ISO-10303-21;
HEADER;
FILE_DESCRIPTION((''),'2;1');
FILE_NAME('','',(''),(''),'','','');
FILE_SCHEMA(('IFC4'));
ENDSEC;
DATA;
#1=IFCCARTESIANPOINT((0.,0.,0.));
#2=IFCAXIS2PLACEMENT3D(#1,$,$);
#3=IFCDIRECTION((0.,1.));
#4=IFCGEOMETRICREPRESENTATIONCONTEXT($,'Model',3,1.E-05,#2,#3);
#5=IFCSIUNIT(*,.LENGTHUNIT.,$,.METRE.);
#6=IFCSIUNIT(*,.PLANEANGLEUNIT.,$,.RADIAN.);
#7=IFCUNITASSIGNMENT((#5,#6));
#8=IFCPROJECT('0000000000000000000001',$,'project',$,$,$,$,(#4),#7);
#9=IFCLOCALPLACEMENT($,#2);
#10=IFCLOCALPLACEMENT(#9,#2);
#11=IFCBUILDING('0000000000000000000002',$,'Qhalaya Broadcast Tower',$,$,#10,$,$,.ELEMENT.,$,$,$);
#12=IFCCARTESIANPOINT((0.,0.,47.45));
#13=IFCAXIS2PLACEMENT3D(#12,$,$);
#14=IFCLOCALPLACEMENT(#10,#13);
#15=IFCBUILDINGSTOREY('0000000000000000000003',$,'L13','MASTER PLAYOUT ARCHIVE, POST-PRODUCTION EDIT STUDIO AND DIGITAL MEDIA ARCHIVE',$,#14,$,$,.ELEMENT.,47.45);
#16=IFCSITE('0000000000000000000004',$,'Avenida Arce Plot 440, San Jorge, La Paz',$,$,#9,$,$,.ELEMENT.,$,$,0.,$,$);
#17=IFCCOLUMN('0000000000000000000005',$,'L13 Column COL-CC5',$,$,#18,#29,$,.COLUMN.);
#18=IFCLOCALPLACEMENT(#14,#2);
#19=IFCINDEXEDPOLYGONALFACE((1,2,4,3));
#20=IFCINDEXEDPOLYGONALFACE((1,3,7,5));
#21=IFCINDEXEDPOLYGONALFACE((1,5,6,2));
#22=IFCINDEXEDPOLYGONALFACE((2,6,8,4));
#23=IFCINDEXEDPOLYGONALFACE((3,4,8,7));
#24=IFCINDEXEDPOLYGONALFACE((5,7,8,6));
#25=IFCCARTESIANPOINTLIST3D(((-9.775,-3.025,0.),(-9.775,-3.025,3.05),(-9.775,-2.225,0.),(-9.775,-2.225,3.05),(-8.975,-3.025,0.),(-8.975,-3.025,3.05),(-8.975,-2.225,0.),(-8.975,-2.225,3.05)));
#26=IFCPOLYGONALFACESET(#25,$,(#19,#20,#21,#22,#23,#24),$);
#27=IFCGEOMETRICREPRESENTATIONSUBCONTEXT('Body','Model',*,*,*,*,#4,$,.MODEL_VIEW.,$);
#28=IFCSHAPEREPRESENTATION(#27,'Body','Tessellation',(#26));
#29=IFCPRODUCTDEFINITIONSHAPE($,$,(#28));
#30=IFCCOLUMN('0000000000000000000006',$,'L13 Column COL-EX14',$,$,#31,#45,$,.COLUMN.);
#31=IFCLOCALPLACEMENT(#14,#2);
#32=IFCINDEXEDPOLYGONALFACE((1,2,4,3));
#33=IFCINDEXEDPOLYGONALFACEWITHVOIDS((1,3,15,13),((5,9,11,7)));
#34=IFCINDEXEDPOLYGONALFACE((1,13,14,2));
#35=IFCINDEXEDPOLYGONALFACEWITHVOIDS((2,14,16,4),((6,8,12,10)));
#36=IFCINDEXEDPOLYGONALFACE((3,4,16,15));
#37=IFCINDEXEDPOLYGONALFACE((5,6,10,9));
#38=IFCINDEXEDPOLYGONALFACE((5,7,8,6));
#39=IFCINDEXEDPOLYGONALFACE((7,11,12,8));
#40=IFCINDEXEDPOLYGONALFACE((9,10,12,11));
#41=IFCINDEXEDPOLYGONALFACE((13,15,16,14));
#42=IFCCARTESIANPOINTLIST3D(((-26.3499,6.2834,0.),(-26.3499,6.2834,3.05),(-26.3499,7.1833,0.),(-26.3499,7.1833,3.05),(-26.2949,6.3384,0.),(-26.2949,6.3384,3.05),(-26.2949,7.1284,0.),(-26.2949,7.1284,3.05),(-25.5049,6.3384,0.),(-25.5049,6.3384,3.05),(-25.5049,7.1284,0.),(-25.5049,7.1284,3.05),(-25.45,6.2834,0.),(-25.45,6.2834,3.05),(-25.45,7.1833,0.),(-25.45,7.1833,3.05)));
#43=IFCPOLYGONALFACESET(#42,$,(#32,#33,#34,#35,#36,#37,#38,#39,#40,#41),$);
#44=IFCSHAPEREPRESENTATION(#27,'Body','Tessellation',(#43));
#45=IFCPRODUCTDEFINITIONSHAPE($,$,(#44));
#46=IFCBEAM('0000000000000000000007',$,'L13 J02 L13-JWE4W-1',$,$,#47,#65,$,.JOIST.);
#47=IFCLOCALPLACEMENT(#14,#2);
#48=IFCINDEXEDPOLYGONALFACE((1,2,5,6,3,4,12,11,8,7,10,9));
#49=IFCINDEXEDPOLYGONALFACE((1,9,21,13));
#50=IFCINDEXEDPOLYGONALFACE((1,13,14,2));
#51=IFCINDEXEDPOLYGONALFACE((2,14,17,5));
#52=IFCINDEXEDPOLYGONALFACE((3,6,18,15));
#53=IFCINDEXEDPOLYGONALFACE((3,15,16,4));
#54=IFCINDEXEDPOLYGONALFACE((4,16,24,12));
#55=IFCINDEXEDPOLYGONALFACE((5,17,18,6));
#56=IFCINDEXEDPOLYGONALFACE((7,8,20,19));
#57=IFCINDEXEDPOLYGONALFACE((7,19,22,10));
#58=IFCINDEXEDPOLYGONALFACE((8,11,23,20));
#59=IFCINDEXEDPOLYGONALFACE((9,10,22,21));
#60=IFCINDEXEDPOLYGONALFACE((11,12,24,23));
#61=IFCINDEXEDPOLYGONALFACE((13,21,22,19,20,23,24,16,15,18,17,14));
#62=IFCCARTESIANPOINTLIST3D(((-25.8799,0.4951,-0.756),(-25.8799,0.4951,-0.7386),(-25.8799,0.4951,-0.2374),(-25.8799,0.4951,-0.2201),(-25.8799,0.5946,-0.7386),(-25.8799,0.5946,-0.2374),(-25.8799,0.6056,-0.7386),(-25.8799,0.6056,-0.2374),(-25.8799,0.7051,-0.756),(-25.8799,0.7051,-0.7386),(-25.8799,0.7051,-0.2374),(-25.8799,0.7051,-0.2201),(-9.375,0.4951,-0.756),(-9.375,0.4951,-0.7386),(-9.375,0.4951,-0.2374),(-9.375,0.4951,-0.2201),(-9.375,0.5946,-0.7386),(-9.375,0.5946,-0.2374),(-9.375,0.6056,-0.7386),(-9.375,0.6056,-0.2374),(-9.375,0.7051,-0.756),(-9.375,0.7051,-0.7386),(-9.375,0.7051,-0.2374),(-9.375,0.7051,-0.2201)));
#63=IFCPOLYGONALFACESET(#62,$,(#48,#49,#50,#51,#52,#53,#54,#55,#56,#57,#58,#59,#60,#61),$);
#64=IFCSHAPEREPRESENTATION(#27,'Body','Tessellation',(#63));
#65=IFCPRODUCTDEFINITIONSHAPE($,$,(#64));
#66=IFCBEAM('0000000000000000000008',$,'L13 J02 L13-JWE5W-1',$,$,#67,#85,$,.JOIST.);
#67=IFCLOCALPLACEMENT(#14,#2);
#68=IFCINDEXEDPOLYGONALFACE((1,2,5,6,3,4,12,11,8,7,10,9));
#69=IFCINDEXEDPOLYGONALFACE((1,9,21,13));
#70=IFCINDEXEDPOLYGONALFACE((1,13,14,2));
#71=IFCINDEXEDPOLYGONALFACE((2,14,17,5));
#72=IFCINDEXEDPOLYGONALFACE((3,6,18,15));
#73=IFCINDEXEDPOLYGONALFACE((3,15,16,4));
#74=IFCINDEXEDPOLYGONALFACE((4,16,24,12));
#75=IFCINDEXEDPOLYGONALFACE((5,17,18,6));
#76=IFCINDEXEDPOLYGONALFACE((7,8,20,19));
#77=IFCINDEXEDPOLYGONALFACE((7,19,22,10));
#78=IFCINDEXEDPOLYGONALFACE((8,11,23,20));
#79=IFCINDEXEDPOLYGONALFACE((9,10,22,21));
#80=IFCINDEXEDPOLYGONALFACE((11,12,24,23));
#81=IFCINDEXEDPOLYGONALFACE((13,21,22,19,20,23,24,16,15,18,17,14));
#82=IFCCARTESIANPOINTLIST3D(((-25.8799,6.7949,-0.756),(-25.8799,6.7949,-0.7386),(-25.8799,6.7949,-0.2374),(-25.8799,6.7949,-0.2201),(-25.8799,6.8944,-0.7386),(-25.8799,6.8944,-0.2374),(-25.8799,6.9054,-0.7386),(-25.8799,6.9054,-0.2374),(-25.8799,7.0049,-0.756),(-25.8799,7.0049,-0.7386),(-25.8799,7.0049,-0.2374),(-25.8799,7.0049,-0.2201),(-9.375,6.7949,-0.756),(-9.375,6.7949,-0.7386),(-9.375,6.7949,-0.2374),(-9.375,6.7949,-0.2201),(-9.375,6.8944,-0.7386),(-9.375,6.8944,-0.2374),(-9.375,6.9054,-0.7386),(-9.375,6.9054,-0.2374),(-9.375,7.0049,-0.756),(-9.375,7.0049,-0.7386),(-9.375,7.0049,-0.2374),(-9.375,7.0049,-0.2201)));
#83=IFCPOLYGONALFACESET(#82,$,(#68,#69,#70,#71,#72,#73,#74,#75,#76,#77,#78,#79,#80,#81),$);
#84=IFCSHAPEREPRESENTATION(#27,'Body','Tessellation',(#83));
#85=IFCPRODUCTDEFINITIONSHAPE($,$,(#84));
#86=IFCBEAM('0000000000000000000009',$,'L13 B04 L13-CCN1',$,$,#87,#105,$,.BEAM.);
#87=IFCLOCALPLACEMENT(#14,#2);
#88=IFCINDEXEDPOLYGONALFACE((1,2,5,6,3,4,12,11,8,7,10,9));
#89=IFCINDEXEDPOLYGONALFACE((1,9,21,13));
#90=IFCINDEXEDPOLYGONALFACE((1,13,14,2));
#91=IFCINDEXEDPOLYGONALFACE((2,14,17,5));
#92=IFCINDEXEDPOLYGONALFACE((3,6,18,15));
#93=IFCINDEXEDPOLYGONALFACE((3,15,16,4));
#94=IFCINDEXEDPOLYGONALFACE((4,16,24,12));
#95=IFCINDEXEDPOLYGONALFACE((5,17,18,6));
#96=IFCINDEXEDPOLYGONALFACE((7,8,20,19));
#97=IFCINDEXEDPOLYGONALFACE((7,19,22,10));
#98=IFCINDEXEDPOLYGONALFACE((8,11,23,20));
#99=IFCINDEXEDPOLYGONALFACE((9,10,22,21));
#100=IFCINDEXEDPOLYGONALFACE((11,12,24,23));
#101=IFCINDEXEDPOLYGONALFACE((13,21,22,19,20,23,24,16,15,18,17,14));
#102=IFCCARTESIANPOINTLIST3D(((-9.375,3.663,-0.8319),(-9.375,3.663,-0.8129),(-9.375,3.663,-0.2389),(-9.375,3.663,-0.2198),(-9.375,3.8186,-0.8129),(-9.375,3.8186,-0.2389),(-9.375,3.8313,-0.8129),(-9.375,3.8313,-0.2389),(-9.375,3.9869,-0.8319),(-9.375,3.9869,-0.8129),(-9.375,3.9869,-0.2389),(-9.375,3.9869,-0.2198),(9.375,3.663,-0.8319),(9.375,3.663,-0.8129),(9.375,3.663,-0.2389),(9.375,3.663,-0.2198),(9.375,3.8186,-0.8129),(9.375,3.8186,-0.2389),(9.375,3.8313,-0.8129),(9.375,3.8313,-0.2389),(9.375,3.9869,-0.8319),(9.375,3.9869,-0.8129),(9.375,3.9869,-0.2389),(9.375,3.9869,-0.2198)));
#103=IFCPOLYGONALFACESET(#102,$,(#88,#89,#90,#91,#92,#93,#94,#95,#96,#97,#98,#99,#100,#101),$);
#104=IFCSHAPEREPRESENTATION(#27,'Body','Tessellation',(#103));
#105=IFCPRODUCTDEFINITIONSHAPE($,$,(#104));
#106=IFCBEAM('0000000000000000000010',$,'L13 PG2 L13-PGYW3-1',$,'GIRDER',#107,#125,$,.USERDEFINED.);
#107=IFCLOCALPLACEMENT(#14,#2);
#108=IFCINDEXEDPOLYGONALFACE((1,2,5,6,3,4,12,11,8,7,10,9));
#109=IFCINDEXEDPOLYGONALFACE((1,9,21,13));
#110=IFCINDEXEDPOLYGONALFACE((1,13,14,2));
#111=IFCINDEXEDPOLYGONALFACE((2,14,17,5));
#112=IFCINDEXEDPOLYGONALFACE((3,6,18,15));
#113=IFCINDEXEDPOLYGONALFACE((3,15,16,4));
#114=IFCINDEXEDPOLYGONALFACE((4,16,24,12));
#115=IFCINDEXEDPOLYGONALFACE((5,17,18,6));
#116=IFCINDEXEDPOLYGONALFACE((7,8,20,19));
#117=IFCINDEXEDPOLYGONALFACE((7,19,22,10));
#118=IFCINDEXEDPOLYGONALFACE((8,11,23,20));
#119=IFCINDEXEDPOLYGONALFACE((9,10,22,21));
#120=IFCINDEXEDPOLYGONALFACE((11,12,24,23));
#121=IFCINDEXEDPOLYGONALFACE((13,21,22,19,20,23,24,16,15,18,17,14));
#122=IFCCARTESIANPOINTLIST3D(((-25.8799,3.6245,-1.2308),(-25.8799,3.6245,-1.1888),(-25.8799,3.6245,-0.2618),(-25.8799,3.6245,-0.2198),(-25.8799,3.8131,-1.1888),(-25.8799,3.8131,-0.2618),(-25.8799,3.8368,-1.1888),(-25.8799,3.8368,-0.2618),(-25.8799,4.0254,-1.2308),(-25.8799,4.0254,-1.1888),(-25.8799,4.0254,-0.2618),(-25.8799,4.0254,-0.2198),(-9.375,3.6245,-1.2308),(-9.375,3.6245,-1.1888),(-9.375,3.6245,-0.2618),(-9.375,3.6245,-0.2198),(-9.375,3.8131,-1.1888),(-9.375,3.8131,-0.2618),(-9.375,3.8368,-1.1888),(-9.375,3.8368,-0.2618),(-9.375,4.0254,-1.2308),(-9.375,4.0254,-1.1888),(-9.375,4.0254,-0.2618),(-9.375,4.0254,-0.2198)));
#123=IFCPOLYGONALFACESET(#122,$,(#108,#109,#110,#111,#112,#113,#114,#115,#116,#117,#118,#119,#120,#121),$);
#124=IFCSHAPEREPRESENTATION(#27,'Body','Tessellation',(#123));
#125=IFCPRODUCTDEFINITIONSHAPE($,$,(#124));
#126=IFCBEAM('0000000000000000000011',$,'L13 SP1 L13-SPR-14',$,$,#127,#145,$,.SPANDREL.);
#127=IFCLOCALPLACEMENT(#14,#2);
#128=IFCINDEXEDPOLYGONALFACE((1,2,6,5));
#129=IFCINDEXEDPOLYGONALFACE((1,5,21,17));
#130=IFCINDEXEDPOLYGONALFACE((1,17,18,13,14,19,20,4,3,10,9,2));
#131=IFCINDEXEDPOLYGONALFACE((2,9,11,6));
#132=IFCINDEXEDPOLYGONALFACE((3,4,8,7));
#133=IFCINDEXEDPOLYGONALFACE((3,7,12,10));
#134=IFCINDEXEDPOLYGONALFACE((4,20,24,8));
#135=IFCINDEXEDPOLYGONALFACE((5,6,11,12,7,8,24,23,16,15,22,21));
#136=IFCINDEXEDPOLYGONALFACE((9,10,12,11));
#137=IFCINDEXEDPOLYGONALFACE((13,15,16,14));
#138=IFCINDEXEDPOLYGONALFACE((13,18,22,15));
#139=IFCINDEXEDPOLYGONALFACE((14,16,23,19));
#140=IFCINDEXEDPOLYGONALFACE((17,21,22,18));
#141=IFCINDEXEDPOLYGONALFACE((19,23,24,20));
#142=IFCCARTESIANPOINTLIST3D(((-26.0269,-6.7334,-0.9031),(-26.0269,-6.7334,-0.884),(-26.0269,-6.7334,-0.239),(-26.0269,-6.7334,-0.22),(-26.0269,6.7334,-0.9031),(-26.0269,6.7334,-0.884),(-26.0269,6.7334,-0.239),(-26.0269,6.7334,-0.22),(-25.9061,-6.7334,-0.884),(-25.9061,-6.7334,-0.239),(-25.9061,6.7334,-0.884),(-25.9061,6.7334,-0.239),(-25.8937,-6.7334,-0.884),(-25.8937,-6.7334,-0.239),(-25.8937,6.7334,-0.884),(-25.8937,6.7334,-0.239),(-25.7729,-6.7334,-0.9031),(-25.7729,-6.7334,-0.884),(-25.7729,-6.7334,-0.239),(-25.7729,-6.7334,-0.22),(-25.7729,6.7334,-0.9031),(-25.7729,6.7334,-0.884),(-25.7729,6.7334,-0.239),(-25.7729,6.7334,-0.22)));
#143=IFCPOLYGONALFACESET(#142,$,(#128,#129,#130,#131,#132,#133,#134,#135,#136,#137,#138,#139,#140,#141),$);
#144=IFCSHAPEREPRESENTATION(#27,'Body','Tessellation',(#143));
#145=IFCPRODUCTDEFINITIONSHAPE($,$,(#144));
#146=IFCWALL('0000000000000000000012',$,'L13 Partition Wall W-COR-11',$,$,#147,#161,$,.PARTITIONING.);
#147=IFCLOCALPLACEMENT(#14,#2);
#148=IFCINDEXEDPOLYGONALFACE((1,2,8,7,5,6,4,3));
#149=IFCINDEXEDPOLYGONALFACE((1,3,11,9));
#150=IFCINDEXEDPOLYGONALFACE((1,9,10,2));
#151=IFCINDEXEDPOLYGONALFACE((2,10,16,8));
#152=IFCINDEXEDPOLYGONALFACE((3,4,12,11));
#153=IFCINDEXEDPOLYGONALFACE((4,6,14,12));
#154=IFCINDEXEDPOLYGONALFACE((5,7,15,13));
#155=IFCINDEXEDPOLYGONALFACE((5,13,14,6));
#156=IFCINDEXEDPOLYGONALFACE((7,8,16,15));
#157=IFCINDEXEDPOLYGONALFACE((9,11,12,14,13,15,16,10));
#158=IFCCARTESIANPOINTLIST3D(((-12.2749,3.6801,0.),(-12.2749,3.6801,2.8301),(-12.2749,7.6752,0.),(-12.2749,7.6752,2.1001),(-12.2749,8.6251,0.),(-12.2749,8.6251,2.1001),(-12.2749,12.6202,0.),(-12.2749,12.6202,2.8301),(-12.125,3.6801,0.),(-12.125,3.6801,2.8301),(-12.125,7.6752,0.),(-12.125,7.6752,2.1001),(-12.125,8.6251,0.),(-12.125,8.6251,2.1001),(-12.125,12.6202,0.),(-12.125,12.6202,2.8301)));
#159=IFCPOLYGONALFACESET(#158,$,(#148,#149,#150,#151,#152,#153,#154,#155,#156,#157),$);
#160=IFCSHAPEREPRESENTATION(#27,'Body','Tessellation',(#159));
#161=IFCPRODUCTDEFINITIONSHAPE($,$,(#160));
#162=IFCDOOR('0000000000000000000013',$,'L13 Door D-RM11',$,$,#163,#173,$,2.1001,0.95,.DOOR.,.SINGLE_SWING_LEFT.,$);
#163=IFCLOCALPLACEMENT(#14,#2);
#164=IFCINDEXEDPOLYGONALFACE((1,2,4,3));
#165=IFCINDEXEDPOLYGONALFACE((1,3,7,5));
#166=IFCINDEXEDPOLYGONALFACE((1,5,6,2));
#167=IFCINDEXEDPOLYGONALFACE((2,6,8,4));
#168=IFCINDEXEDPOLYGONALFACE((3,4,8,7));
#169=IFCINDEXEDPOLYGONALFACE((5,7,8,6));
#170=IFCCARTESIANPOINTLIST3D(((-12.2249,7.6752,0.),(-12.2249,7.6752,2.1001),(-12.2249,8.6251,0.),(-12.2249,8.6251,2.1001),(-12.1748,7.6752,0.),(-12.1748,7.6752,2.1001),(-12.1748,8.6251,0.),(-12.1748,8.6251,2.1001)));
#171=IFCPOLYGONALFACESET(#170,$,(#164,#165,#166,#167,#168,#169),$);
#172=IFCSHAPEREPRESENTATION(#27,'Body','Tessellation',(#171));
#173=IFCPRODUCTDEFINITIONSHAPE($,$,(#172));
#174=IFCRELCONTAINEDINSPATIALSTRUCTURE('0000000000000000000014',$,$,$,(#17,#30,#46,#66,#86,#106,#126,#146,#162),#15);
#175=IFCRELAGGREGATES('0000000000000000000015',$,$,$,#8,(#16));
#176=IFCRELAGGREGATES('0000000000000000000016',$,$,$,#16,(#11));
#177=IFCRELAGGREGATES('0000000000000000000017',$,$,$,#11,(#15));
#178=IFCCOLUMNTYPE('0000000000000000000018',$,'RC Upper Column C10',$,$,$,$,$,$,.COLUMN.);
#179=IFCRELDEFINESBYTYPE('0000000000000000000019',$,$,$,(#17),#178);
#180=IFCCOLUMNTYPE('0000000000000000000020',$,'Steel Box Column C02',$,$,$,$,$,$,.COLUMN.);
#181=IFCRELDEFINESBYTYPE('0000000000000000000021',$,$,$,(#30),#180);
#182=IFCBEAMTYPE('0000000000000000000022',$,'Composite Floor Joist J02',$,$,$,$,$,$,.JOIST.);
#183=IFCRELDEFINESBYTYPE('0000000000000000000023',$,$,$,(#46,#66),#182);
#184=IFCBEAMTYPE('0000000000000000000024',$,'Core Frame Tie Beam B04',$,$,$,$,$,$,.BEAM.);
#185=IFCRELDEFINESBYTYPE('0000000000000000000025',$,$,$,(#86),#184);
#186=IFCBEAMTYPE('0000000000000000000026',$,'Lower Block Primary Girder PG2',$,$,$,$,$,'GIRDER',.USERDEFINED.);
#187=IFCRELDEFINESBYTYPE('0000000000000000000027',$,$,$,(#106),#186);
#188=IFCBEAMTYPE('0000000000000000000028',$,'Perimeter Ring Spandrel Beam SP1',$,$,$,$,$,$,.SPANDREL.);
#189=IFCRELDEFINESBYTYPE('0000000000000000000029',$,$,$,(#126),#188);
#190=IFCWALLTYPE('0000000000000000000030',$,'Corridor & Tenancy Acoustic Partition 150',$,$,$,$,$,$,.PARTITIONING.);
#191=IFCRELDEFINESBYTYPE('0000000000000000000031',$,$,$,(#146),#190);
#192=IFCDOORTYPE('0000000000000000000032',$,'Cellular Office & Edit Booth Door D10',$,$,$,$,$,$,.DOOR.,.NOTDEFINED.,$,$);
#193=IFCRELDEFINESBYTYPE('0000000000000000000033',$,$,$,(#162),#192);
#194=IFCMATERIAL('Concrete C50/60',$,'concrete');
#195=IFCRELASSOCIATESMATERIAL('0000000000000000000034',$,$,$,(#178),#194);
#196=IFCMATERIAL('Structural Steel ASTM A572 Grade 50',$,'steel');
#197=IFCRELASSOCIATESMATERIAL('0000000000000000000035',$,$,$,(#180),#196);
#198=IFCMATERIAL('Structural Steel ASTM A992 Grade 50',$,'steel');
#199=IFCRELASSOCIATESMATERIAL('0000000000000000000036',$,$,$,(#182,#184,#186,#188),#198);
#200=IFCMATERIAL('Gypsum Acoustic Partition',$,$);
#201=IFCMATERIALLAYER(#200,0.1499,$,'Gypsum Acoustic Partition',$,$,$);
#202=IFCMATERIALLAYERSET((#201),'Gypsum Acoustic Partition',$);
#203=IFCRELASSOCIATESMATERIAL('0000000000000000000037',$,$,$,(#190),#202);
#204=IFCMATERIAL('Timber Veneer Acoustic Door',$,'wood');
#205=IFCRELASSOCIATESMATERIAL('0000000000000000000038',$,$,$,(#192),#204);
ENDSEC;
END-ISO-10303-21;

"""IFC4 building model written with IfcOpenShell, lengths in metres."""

from ifc_helpers import new_model, si_unit, direction, frame, frame_2d, origin, origin_2d, place, context, subcontext, project, spatial, rectangle, hollow_rectangle, i_section, extrude, material, layer, layer_set, material_profile, profile_set, type_object, element, fill, save


model = new_model("IFC4")

# Units and contexts
model_context = context("Model", 3, precision=1e-05, world=origin(), true_north=direction((0.0, 1.0)))
body_context = subcontext(model_context, "Body", "Model", "MODEL_VIEW")
ifc_project = project(units=[si_unit("LENGTHUNIT", "METRE"), si_unit("PLANEANGLEUNIT", "RADIAN")], contexts=[model_context])

# Site, building, storey
site_placement = place(None, origin())
site = spatial("IfcSite", under=ifc_project, at=site_placement, Name="Avenida Arce Plot 440, San Jorge, La Paz", CompositionType="ELEMENT", RefElevation=0.0)
building_placement = place(site_placement, origin())
building = spatial("IfcBuilding", under=site, at=building_placement, Name="Qhalaya Broadcast Tower", CompositionType="ELEMENT")
storey_placement = place(building_placement, frame((0.0, 0.0, 47.45)))
storey = spatial("IfcBuildingStorey", under=building, at=storey_placement, Name="L13", Description="MASTER PLAYOUT ARCHIVE, POST-PRODUCTION EDIT STUDIO AND DIGITAL MEDIA ARCHIVE", CompositionType="ELEMENT", Elevation=47.45)

# Columns
ifc_material_1 = material(Name="Concrete C50/60", Category="concrete")
ifc_material_profile_1 = material_profile(ifc_material_1, rectangle(XDim=0.8, YDim=0.8, at=origin_2d()), Name="RC-COL 800x800")
ifc_profile_set_1 = profile_set([ifc_material_profile_1], Name="Concrete C50/60")
column_type_1 = type_object("IfcColumnType", Name="RC Upper Column C10", PredefinedType="COLUMN", material=ifc_profile_set_1)
column_1_placement = place(storey_placement, frame((-9.375, -2.625, 0.0), z_axis=(0.0, 0.0, 1.0), x_axis=(1.0, 0.0, 0.0)))
element("IfcColumn", 1, at=column_1_placement, inside=storey, type_object=column_type_1, Name="L13 Column COL-CC5", PredefinedType="COLUMN", context=body_context, shape_type="SweptSolid", body=[
    extrude(rectangle(XDim=0.8, YDim=0.8, at=origin_2d()), origin(), (0.0, 0.0, 1.0), 3.05),
])
ifc_material_2 = material(Name="Structural Steel ASTM A572 Grade 50", Category="steel")
ifc_material_profile_2 = material_profile(ifc_material_2, hollow_rectangle(XDim=0.8999, YDim=0.8999, WallThickness=0.0549, at=origin_2d()), Name="BOX 900x900x55")
ifc_profile_set_2 = profile_set([ifc_material_profile_2], Name="Structural Steel ASTM A572 Grade 50")
column_type_2 = type_object("IfcColumnType", Name="Steel Box Column C02", PredefinedType="COLUMN", material=ifc_profile_set_2)
column_2_placement = place(storey_placement, frame((-25.8999, 6.7334, 0.0), z_axis=(0.0, 0.0, 1.0), x_axis=(0.0, 1.0, 0.0)))
element("IfcColumn", 2, at=column_2_placement, inside=storey, type_object=column_type_2, Name="L13 Column COL-EX14", PredefinedType="COLUMN", context=body_context, shape_type="SweptSolid", body=[
    extrude(hollow_rectangle(XDim=0.8999, YDim=0.8999, WallThickness=0.0549, at=origin_2d()), origin(), (0.0, 0.0, 1.0), 3.05),
])

# Beams
ifc_material_3 = material(Name="Structural Steel ASTM A992 Grade 50", Category="steel")
ifc_material_profile_3 = material_profile(ifc_material_3, i_section(OverallWidth=0.21, OverallDepth=0.5359, WebThickness=0.011, FlangeThickness=0.0173, at=origin_2d()), Name="W21X68")
ifc_profile_set_3 = profile_set([ifc_material_profile_3], Name="Structural Steel ASTM A992 Grade 50")
beam_type_1 = type_object("IfcBeamType", Name="Composite Floor Joist J02", PredefinedType="JOIST", material=ifc_profile_set_3)
for number, where, z_axis, x_axis, name in (
    (3, (-25.8799, 0.6001, -0.488), (1.0, 0.0, 0.0), (0.0, 1.0, 0.0), "L13 J02 L13-JWE4W-1"),
    (4, (-25.8799, 6.8999, -0.488), (1.0, 0.0, 0.0), (0.0, 1.0, 0.0), "L13 J02 L13-JWE5W-1"),
):
    element("IfcBeam", number, at=place(storey_placement, frame(where, z_axis=z_axis, x_axis=x_axis)), inside=storey, type_object=beam_type_1, Name=name, PredefinedType="JOIST", context=body_context, shape_type="SweptSolid", body=[
        extrude(i_section(OverallWidth=0.21, OverallDepth=0.5359, WebThickness=0.011, FlangeThickness=0.0173, at=origin_2d()), origin(), (0.0, 0.0, 1.0), 16.5049),
    ])
ifc_material_profile_4 = material_profile(ifc_material_3, i_section(OverallWidth=0.324, OverallDepth=0.6121, WebThickness=0.0127, FlangeThickness=0.019, at=origin_2d()), Name="W24X104")
ifc_profile_set_4 = profile_set([ifc_material_profile_4], Name="Structural Steel ASTM A992 Grade 50")
beam_type_2 = type_object("IfcBeamType", Name="Core Frame Tie Beam B04", PredefinedType="BEAM", material=ifc_profile_set_4)
beam_1_placement = place(storey_placement, frame((-9.375, 3.825, -0.5259), z_axis=(1.0, 0.0, 0.0), x_axis=(0.0, 1.0, 0.0)))
element("IfcBeam", 5, at=beam_1_placement, inside=storey, type_object=beam_type_2, Name="L13 B04 L13-CCN1", PredefinedType="BEAM", context=body_context, shape_type="SweptSolid", body=[
    extrude(i_section(OverallWidth=0.324, OverallDepth=0.6121, WebThickness=0.0127, FlangeThickness=0.019, at=origin_2d()), origin(), (0.0, 0.0, 1.0), 18.75),
])
ifc_material_profile_5 = material_profile(ifc_material_3, i_section(OverallWidth=0.4009, OverallDepth=1.011, WebThickness=0.0237, FlangeThickness=0.042, at=origin_2d()), Name="W40X297")
ifc_profile_set_5 = profile_set([ifc_material_profile_5], Name="Structural Steel ASTM A992 Grade 50")
beam_type_3 = type_object("IfcBeamType", Name="Lower Block Primary Girder PG2", ElementType="GIRDER", PredefinedType="USERDEFINED", material=ifc_profile_set_5)
beam_2_placement = place(storey_placement, frame((-25.8799, 3.825, -0.7253), z_axis=(1.0, 0.0, 0.0), x_axis=(0.0, 1.0, 0.0)))
element("IfcBeam", 6, at=beam_2_placement, inside=storey, type_object=beam_type_3, Name="L13 PG2 L13-PGYW3-1", ObjectType="GIRDER", PredefinedType="USERDEFINED", context=body_context, shape_type="SweptSolid", body=[
    extrude(i_section(OverallWidth=0.4009, OverallDepth=1.011, WebThickness=0.0237, FlangeThickness=0.042, at=origin_2d()), origin(), (0.0, 0.0, 1.0), 16.5049),
])
ifc_material_profile_6 = material_profile(ifc_material_3, i_section(OverallWidth=0.2539, OverallDepth=0.6831, WebThickness=0.0125, FlangeThickness=0.019, at=origin_2d()), Name="W27X94")
ifc_profile_set_6 = profile_set([ifc_material_profile_6], Name="Structural Steel ASTM A992 Grade 50")
beam_type_4 = type_object("IfcBeamType", Name="Perimeter Ring Spandrel Beam SP1", PredefinedType="SPANDREL", material=ifc_profile_set_6)
beam_3_placement = place(storey_placement, frame((-25.8999, 6.7334, -0.5615), z_axis=(0.0, -1.0, 0.0), x_axis=(1.0, 0.0, 0.0)))
element("IfcBeam", 7, at=beam_3_placement, inside=storey, type_object=beam_type_4, Name="L13 SP1 L13-SPR-14", PredefinedType="SPANDREL", context=body_context, shape_type="SweptSolid", body=[
    extrude(i_section(OverallWidth=0.2539, OverallDepth=0.6831, WebThickness=0.0125, FlangeThickness=0.019, at=origin_2d()), origin(), (0.0, 0.0, 1.0), 13.4668),
])

# Wall, opening, door
ifc_material_4 = material(Name="Gypsum Acoustic Partition")
ifc_layer_1 = layer(ifc_material_4, 0.1499, Name="Gypsum Acoustic Partition")
ifc_layer_set_1 = layer_set([ifc_layer_1], Name="Gypsum Acoustic Partition")
wall_type_1 = type_object("IfcWallType", Name="Corridor & Tenancy Acoustic Partition 150", PredefinedType="PARTITIONING", material=ifc_layer_set_1)
wall_1_placement = place(storey_placement, frame((-12.2, 3.6799, 0.0), z_axis=(0.0, 0.0, 1.0), x_axis=(0.0, 1.0, 0.0)))
wall_1 = element("IfcWall", 8, at=wall_1_placement, inside=storey, type_object=wall_type_1, Name="L13 Partition Wall W-COR-11", PredefinedType="PARTITIONING", context=body_context, shape_type="SweptSolid", body=[
    extrude(rectangle(XDim=8.9402, YDim=0.1499, at=frame_2d((4.4702, 0.0))), origin(), (0.0, 0.0, 1.0), 2.8301),
])
opening_1_placement = place(wall_1_placement, frame((3.9951, 0.0, 0.0)))
opening_1 = element("IfcOpeningElement", 9, at=opening_1_placement, cuts=wall_1, PredefinedType="OPENING", context=body_context, shape_type="SweptSolid", body=[
    extrude(rectangle(XDim=0.95, YDim=2.1001, at=frame_2d((0.4751, 1.05))), frame((0.0, 0.0869, 0.0), z_axis=(0.0, -1.0, 0.0), x_axis=(1.0, 0.0, 0.0)), (0.0, 0.0, 1.0), 0.1738),
])
ifc_material_5 = material(Name="Timber Veneer Acoustic Door", Category="wood")
door_type_1 = type_object("IfcDoorType", Name="Cellular Office & Edit Booth Door D10", OperationType="NOTDEFINED", PredefinedType="DOOR", material=ifc_material_5)
door_1_placement = place(opening_1_placement, origin())
door_1 = element("IfcDoor", 10, at=door_1_placement, inside=storey, type_object=door_type_1, Name="L13 Door D-RM11", OperationType="SINGLE_SWING_LEFT", OverallHeight=2.1001, OverallWidth=0.95, PredefinedType="DOOR", context=body_context, shape_type="SweptSolid", body=[
    extrude(rectangle(XDim=0.95, YDim=2.1001, at=frame_2d((0.4751, 1.05))), frame((0.0, 0.0249, 0.0), z_axis=(0.0, -1.0, 0.0), x_axis=(1.0, 0.0, 0.0)), (0.0, 0.0, 1.0), 0.05),
])
fill(opening_1, door_1)

save(model, "model.ifc")
